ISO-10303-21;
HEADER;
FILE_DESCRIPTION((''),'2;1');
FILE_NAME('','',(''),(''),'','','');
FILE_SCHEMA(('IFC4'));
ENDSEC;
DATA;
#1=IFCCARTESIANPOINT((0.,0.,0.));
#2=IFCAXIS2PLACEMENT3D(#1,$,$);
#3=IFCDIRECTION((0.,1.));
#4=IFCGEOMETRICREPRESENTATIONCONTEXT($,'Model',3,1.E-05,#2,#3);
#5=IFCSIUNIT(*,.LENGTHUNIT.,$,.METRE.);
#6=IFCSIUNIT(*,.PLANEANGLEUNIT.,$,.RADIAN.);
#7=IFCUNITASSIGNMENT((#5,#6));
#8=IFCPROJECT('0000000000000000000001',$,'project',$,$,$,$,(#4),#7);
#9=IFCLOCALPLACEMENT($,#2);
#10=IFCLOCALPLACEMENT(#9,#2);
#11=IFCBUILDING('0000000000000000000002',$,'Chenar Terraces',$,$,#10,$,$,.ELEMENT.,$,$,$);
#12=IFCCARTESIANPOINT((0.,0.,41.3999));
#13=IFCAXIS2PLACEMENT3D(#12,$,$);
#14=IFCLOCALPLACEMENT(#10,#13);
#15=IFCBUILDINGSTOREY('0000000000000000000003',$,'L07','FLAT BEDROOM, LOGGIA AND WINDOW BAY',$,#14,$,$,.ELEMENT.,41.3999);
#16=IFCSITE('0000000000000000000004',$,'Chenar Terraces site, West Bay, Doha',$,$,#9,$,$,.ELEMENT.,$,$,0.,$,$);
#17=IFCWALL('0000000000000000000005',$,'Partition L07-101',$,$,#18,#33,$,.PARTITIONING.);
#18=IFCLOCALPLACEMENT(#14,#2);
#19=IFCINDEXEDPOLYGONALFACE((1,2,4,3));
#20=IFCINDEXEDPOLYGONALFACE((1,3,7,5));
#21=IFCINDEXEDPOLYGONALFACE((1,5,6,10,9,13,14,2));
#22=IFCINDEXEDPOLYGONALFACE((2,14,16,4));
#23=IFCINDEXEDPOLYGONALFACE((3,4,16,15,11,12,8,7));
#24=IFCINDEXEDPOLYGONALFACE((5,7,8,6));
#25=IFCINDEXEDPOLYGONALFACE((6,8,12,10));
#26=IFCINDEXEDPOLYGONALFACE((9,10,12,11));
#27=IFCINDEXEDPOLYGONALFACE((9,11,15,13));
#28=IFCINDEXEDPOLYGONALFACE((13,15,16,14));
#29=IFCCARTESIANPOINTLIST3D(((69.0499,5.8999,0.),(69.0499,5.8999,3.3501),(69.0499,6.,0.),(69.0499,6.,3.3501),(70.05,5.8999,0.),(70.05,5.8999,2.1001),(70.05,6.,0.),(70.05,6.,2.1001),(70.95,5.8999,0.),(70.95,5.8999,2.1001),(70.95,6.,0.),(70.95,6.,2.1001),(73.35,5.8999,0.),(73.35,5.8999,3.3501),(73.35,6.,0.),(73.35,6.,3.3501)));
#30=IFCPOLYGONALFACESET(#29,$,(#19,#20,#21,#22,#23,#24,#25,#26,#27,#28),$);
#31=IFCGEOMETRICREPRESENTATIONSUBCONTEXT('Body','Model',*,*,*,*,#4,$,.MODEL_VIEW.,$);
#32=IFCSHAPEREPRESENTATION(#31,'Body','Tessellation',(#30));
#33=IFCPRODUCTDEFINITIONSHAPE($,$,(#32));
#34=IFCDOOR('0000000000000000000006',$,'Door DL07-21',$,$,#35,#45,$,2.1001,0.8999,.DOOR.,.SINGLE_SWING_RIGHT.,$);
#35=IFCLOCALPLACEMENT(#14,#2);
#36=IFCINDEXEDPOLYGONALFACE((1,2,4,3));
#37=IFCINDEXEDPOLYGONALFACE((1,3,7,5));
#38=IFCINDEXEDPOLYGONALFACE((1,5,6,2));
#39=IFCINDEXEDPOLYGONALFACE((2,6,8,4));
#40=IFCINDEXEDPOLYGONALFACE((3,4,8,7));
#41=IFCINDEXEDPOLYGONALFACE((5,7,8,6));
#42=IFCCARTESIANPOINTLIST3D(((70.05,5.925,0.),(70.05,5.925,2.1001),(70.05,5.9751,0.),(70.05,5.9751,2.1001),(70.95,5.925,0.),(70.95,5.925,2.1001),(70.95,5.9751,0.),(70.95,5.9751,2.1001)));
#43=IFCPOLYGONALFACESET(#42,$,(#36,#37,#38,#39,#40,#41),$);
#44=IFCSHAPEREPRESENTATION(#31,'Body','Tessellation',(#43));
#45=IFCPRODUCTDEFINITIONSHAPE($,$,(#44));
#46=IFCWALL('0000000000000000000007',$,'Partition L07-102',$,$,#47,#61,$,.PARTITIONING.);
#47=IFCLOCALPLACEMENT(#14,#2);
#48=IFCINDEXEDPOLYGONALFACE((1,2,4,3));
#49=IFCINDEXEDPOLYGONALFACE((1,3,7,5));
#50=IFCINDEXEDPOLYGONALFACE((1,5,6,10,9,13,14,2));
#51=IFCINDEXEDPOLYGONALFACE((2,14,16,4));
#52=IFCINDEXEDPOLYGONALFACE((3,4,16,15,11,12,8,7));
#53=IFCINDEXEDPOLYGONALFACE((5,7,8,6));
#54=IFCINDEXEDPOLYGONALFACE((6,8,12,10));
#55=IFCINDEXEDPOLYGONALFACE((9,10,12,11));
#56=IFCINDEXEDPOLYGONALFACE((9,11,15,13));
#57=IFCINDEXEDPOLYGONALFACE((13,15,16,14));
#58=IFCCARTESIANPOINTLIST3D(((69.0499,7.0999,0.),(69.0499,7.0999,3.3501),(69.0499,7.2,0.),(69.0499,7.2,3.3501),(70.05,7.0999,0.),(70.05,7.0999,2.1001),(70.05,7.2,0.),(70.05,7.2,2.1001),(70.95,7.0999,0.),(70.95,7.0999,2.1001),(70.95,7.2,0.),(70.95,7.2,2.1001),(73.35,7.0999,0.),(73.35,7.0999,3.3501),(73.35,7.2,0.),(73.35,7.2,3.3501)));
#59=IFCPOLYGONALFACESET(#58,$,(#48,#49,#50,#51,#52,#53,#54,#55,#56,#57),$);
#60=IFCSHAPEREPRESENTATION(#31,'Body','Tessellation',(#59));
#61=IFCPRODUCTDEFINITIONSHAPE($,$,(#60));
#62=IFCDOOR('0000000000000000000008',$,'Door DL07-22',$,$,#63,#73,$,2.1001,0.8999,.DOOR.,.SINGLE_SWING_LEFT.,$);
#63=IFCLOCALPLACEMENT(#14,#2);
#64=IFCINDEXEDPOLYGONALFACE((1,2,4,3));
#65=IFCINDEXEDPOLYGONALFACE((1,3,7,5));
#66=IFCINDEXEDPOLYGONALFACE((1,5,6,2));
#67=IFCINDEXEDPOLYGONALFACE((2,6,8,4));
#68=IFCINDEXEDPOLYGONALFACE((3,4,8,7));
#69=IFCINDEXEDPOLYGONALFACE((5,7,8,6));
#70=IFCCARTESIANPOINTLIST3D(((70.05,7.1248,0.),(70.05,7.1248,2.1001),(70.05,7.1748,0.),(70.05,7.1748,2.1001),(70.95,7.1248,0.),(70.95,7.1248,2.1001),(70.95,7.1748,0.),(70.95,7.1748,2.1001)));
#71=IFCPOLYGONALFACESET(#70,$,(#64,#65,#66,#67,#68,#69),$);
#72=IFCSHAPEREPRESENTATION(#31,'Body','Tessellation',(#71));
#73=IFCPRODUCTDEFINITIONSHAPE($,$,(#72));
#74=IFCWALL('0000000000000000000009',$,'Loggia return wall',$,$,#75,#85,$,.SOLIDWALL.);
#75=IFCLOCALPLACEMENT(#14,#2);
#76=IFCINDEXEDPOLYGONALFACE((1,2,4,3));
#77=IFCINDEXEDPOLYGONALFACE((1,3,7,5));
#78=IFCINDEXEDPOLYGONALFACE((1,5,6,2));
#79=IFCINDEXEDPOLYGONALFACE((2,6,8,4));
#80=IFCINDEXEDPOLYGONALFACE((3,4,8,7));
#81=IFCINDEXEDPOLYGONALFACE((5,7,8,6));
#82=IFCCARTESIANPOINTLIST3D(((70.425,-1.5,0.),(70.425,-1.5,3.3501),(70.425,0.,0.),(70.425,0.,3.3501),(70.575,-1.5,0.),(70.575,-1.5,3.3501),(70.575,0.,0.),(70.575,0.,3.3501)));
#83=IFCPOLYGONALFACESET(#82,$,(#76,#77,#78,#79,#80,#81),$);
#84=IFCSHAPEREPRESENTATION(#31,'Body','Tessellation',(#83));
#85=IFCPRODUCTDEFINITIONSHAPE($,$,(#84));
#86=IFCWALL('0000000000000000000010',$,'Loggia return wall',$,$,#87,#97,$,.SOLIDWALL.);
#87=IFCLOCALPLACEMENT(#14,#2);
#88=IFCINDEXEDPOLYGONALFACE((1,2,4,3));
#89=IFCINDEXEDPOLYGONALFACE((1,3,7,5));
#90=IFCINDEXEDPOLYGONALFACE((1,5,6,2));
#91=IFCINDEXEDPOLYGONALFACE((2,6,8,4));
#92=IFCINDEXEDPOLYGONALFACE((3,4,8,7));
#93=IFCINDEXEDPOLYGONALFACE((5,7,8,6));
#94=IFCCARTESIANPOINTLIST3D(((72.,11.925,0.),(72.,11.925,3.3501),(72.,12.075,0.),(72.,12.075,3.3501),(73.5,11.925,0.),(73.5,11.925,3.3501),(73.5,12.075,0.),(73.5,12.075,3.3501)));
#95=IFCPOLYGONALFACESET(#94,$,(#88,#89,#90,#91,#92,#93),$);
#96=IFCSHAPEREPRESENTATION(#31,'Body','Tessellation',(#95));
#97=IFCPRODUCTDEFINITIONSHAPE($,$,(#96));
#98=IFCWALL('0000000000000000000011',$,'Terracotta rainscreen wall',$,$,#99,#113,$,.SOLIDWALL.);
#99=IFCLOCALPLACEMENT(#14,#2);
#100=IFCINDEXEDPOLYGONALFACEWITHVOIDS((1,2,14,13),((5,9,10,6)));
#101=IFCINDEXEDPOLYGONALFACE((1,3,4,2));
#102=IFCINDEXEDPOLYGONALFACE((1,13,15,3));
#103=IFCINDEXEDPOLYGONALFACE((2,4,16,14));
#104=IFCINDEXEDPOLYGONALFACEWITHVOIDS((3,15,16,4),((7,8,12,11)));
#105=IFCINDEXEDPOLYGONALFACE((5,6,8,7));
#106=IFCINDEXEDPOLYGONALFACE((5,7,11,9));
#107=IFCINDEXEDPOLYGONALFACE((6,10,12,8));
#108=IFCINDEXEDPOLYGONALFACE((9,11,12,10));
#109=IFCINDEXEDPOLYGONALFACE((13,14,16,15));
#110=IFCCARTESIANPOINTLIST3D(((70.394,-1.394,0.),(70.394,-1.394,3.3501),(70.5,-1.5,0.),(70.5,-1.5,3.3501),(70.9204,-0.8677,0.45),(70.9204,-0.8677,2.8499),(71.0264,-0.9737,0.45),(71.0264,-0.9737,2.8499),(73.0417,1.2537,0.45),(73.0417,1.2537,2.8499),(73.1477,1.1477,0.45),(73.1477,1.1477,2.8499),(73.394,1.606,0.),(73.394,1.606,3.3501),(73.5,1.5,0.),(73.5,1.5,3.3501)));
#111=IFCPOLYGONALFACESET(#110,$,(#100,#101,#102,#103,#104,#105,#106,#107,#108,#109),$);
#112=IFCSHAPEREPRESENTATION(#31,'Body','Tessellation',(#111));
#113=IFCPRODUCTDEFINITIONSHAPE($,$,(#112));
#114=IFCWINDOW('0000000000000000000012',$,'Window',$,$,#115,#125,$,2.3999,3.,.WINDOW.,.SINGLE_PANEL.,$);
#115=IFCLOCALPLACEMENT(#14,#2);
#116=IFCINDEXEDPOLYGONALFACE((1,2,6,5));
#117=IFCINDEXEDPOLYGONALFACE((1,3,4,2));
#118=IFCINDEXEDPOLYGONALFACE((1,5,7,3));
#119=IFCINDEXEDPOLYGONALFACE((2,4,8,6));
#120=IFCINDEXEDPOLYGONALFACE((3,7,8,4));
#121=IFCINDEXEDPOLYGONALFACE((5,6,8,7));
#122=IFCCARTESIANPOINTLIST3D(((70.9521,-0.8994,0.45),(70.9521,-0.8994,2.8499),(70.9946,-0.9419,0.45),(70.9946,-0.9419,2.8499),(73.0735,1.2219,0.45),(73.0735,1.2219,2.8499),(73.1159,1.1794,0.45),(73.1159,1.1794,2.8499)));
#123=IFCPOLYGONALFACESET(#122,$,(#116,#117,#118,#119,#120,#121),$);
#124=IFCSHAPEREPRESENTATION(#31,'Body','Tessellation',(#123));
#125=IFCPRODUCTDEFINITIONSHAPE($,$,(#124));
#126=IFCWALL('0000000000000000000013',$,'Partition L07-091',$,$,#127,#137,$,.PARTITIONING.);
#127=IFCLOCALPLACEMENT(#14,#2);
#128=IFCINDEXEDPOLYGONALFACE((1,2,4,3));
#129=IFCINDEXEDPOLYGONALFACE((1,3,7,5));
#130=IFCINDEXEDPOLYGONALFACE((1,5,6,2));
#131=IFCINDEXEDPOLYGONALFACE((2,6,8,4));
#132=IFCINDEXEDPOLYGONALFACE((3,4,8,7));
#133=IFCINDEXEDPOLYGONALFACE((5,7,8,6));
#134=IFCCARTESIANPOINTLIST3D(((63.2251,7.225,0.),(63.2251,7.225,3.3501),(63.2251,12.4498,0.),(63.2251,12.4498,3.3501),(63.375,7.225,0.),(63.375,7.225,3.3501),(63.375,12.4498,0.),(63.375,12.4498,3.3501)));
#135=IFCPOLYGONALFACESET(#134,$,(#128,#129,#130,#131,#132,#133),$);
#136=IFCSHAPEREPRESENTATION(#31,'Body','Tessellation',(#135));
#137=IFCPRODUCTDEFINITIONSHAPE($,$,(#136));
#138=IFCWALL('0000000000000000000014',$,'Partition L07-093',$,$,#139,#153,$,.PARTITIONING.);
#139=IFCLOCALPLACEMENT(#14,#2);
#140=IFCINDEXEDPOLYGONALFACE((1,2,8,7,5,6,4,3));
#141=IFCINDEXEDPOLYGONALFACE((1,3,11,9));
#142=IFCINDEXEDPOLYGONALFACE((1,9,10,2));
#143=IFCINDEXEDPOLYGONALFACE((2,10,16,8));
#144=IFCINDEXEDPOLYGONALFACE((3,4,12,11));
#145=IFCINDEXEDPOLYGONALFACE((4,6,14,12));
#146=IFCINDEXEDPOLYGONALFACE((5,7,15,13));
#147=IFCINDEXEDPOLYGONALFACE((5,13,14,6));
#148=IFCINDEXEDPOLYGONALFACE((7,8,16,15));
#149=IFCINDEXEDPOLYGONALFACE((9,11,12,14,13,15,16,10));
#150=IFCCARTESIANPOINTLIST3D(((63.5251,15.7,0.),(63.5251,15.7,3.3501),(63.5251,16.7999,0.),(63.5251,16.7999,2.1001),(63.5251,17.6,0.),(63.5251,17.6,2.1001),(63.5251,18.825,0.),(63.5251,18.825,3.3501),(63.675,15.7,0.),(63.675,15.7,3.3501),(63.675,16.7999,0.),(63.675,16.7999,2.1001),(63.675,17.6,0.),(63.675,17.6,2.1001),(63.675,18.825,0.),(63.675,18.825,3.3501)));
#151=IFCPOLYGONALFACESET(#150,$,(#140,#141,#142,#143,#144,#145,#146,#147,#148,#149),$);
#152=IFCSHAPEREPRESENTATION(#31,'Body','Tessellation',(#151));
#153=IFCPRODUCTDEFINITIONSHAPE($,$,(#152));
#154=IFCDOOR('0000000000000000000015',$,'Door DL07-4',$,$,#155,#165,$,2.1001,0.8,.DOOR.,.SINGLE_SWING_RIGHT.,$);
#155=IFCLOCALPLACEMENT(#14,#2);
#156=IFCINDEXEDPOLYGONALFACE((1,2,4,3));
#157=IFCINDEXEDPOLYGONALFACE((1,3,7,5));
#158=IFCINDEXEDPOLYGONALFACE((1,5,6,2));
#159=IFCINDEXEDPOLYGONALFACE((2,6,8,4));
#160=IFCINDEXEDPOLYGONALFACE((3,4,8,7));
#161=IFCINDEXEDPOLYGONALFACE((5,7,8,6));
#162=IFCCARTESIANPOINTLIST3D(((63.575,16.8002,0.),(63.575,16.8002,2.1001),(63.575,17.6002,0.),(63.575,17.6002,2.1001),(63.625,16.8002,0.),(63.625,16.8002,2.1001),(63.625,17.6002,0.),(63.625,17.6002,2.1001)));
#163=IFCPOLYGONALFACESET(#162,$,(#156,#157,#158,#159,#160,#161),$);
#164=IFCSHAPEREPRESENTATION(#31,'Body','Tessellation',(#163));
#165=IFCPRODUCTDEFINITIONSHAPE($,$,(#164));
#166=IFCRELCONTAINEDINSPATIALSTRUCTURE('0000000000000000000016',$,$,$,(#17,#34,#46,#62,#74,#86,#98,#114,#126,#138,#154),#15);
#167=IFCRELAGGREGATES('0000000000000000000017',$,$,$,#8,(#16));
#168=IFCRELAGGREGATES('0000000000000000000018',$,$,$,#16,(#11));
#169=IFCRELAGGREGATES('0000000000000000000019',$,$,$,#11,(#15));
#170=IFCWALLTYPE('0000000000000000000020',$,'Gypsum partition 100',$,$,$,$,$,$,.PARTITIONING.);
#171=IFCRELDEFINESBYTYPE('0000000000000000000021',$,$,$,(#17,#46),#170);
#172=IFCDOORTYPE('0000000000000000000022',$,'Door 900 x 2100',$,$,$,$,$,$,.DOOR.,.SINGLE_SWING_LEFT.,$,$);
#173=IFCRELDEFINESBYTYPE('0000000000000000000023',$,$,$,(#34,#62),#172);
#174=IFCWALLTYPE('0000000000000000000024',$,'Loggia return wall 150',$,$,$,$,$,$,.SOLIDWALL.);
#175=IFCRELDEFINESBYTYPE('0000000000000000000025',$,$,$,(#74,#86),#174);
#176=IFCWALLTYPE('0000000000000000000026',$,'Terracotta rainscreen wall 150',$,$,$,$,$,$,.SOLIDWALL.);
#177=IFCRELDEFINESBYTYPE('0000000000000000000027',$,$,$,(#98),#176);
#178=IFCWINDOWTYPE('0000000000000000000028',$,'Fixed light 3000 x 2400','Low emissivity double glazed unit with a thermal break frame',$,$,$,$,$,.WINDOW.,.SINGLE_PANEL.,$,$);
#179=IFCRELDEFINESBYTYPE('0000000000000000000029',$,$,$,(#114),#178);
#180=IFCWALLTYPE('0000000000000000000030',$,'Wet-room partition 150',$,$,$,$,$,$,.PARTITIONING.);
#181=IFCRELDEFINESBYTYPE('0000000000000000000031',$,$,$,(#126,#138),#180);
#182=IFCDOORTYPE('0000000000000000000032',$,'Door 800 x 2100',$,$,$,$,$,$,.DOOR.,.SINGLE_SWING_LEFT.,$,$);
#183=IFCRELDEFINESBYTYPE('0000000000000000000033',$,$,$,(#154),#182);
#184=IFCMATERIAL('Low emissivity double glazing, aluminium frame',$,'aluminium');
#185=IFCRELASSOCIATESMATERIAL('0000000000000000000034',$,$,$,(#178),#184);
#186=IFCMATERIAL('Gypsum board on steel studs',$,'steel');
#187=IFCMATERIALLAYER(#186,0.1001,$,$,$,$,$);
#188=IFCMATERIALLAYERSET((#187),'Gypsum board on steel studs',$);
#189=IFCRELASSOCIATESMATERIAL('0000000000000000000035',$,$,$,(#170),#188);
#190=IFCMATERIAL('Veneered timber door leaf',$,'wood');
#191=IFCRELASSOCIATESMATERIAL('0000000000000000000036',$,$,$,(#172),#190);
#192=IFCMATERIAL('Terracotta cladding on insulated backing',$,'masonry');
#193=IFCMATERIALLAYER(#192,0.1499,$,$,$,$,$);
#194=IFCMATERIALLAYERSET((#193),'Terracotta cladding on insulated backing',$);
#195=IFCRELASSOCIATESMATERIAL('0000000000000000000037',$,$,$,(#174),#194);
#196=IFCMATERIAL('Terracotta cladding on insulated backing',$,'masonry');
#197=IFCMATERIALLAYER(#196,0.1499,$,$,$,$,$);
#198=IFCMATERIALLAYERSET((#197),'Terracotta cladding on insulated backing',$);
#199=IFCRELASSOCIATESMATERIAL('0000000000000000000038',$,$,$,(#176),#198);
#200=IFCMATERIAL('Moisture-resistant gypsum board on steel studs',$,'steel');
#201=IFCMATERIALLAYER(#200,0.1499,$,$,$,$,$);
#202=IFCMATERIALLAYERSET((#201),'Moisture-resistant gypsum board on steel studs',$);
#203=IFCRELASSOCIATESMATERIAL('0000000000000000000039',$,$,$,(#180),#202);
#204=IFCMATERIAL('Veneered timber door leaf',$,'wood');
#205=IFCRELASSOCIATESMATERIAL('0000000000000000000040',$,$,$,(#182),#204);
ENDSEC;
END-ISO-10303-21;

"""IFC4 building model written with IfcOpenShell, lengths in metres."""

from ifc_helpers import new_model, si_unit, direction, frame, frame_2d, origin, place, context, subcontext, project, spatial, rectangle, extrude, material, layer, layer_set, type_object, element, fill, save


model = new_model("IFC4")

# Units and contexts
model_context = context("Model", 3, precision=1e-05, world=origin(), true_north=direction((0.0, 1.0)))
body_context = subcontext(model_context, "Body", "Model", "MODEL_VIEW")
ifc_project = project(units=[si_unit("LENGTHUNIT", "METRE"), si_unit("PLANEANGLEUNIT", "RADIAN")], contexts=[model_context])

# Site, building, storey
site_placement = place(None, origin())
site = spatial("IfcSite", under=ifc_project, at=site_placement, Name="Chenar Terraces site, West Bay, Doha", CompositionType="ELEMENT", RefElevation=0.0)
building_placement = place(site_placement, origin())
building = spatial("IfcBuilding", under=site, at=building_placement, Name="Chenar Terraces", CompositionType="ELEMENT")
storey_placement = place(building_placement, frame((0.0, 0.0, 41.3999)))
storey = spatial("IfcBuildingStorey", under=building, at=storey_placement, Name="L07", Description="FLAT BEDROOM, LOGGIA AND WINDOW BAY", CompositionType="ELEMENT", Elevation=41.3999)

# Shared definitions
ifc_material_1 = material(Name="Low emissivity double glazing, aluminium frame", Category="aluminium")
window_type_1 = type_object("IfcWindowType", Name="Fixed light 3000 x 2400", Description="Low emissivity double glazed unit with a thermal break frame", PartitioningType="SINGLE_PANEL", PredefinedType="WINDOW", material=ifc_material_1)

# Shared definitions
ifc_material_2 = material(Name="Gypsum board on steel studs", Category="steel")
ifc_layer_1 = layer(ifc_material_2, 0.1001)
ifc_layer_set_1 = layer_set([ifc_layer_1], Name="Gypsum board on steel studs")
wall_type_1 = type_object("IfcWallType", Name="Gypsum partition 100", PredefinedType="PARTITIONING", material=ifc_layer_set_1)

# Walls, openings, doors
wall_1_placement = place(storey_placement, frame((69.05, 5.95, 0.0), z_axis=(0.0, 0.0, 1.0), x_axis=(1.0, 0.0, 0.0)))
wall_1 = element("IfcWall", 1, at=wall_1_placement, inside=storey, type_object=wall_type_1, Name="Partition L07-101", PredefinedType="PARTITIONING", context=body_context, shape_type="SweptSolid", body=[
    extrude(rectangle(XDim=4.3, YDim=0.1001, at=frame_2d((2.1499, 0.0))), origin(), (0.0, 0.0, 1.0), 3.3501),
])
opening_1_placement = place(wall_1_placement, frame((1.0, 0.0, 0.0)))
opening_1 = element("IfcOpeningElement", 2, at=opening_1_placement, cuts=wall_1, PredefinedType="OPENING", context=body_context, shape_type="SweptSolid", body=[
    extrude(rectangle(XDim=0.8999, YDim=2.1001, at=frame_2d((0.45, 1.05))), frame((0.0, 0.0601, 0.0), z_axis=(0.0, -1.0, 0.0), x_axis=(1.0, 0.0, 0.0)), (0.0, 0.0, 1.0), 0.1201),
])
ifc_material_3 = material(Name="Veneered timber door leaf", Category="wood")
door_type_1 = type_object("IfcDoorType", Name="Door 900 x 2100", OperationType="SINGLE_SWING_LEFT", PredefinedType="DOOR", material=ifc_material_3)
door_1_placement = place(opening_1_placement, frame((0.8999, 0.0, 0.0), z_axis=(0.0, 0.0, 1.0), x_axis=(-1.0, 0.0, 0.0)))
door_1 = element("IfcDoor", 3, at=door_1_placement, inside=storey, type_object=door_type_1, Name="Door DL07-21", OperationType="SINGLE_SWING_RIGHT", OverallHeight=2.1001, OverallWidth=0.8999, PredefinedType="DOOR", context=body_context, shape_type="SweptSolid", body=[
    extrude(rectangle(XDim=0.8999, YDim=2.1001, at=frame_2d((0.45, 1.05))), frame((0.0, 0.0249, 0.0), z_axis=(0.0, -1.0, 0.0), x_axis=(1.0, 0.0, 0.0)), (0.0, 0.0, 1.0), 0.05),
])
fill(opening_1, door_1)
wall_2_placement = place(storey_placement, frame((69.05, 7.1499, 0.0), z_axis=(0.0, 0.0, 1.0), x_axis=(1.0, 0.0, 0.0)))
wall_2 = element("IfcWall", 4, at=wall_2_placement, inside=storey, type_object=wall_type_1, Name="Partition L07-102", PredefinedType="PARTITIONING", context=body_context, shape_type="SweptSolid", body=[
    extrude(rectangle(XDim=4.3, YDim=0.1001, at=frame_2d((2.1499, 0.0))), origin(), (0.0, 0.0, 1.0), 3.3501),
])
opening_2_placement = place(wall_2_placement, frame((1.0, 0.0, 0.0)))
opening_2 = element("IfcOpeningElement", 5, at=opening_2_placement, cuts=wall_2, PredefinedType="OPENING", context=body_context, shape_type="SweptSolid", body=[
    extrude(rectangle(XDim=0.8999, YDim=2.1001, at=frame_2d((0.45, 1.05))), frame((0.0, 0.0601, 0.0), z_axis=(0.0, -1.0, 0.0), x_axis=(1.0, 0.0, 0.0)), (0.0, 0.0, 1.0), 0.1201),
])
door_2_placement = place(opening_2_placement, origin())
door_2 = element("IfcDoor", 6, at=door_2_placement, inside=storey, type_object=door_type_1, Name="Door DL07-22", OperationType="SINGLE_SWING_LEFT", OverallHeight=2.1001, OverallWidth=0.8999, PredefinedType="DOOR", context=body_context, shape_type="SweptSolid", body=[
    extrude(rectangle(XDim=0.8999, YDim=2.1001, at=frame_2d((0.45, 1.05))), frame((0.0, 0.0249, 0.0), z_axis=(0.0, -1.0, 0.0), x_axis=(1.0, 0.0, 0.0)), (0.0, 0.0, 1.0), 0.05),
])
fill(opening_2, door_2)

# Walls
ifc_material_4 = material(Name="Terracotta cladding on insulated backing", Category="masonry")
ifc_layer_2 = layer(ifc_material_4, 0.1499)
ifc_layer_set_2 = layer_set([ifc_layer_2], Name="Terracotta cladding on insulated backing")
wall_type_2 = type_object("IfcWallType", Name="Loggia return wall 150", PredefinedType="SOLIDWALL", material=ifc_layer_set_2)
for number, where, z_axis, x_axis, name in (
    (7, (70.5, -1.5, 0.0), (0.0, 0.0, 1.0), (0.0, 1.0, 0.0), "Loggia return wall"),
    (8, (73.5, 12.0, 0.0), (0.0, 0.0, 1.0), (-1.0, 0.0, 0.0), "Loggia return wall"),
):
    element("IfcWall", number, at=place(storey_placement, frame(where, z_axis=z_axis, x_axis=x_axis)), inside=storey, type_object=wall_type_2, Name=name, PredefinedType="SOLIDWALL", context=body_context, shape_type="SweptSolid", body=[
        extrude(rectangle(XDim=1.5, YDim=0.1499, at=frame_2d((0.75, 0.0))), origin(), (0.0, 0.0, 1.0), 3.3501),
    ])

# Wall, opening, window
ifc_material_5 = material(Name="Terracotta cladding on insulated backing", Category="masonry")
ifc_layer_3 = layer(ifc_material_5, 0.1499)
ifc_layer_set_3 = layer_set([ifc_layer_3], Name="Terracotta cladding on insulated backing")
wall_type_3 = type_object("IfcWallType", Name="Terracotta rainscreen wall 150", PredefinedType="SOLIDWALL", material=ifc_layer_set_3)
wall_3_placement = place(storey_placement, frame((70.447, -1.447, 0.0), z_axis=(0.0, 0.0, 1.0), x_axis=(0.707107, 0.707107, 0.0)))
wall_3 = element("IfcWall", 9, at=wall_3_placement, inside=storey, type_object=wall_type_3, Name="Terracotta rainscreen wall", PredefinedType="SOLIDWALL", context=body_context, shape_type="SweptSolid", body=[
    extrude(rectangle(XDim=4.2427, YDim=0.1499, at=frame_2d((2.1213, 0.0))), origin(), (0.0, 0.0, 1.0), 3.3501),
])
opening_3_placement = place(wall_3_placement, frame((0.7444, 0.0, 0.45)))
opening_3 = element("IfcOpeningElement", 10, at=opening_3_placement, cuts=wall_3, PredefinedType="OPENING", context=body_context, shape_type="SweptSolid", body=[
    extrude(rectangle(XDim=3.0, YDim=2.3999, at=frame_2d((1.5, 1.2))), frame((0.0, 0.085, 0.0), z_axis=(0.0, -1.0, 0.0), x_axis=(1.0, 0.0, 0.0)), (0.0, 0.0, 1.0), 0.1699),
])
window_1_placement = place(opening_3_placement, origin())
window_1 = element("IfcWindow", 11, at=window_1_placement, inside=storey, type_object=window_type_1, Name="Window", OverallHeight=2.3999, OverallWidth=3.0, PartitioningType="SINGLE_PANEL", PredefinedType="WINDOW", context=body_context, shape_type="SweptSolid", body=[
    extrude(rectangle(XDim=3.0, YDim=2.3999, at=frame_2d((1.5, 1.2))), frame((0.0, 0.03, 0.0), z_axis=(0.0, -1.0, 0.0), x_axis=(1.0, 0.0, 0.0)), (0.0, 0.0, 1.0), 0.0601),
])
fill(opening_3, window_1)

# Wall
ifc_material_6 = material(Name="Moisture-resistant gypsum board on steel studs", Category="steel")
ifc_layer_4 = layer(ifc_material_6, 0.1499)
ifc_layer_set_4 = layer_set([ifc_layer_4], Name="Moisture-resistant gypsum board on steel studs")
wall_type_4 = type_object("IfcWallType", Name="Wet-room partition 150", PredefinedType="PARTITIONING", material=ifc_layer_set_4)
wall_4_placement = place(storey_placement, frame((63.3, 7.2251, 0.0), z_axis=(0.0, 0.0, 1.0), x_axis=(0.0, 1.0, 0.0)))
element("IfcWall", 12, at=wall_4_placement, inside=storey, type_object=wall_type_4, Name="Partition L07-091", PredefinedType="PARTITIONING", context=body_context, shape_type="SweptSolid", body=[
    extrude(rectangle(XDim=5.2249, YDim=0.1499, at=frame_2d((2.6123, 0.0))), origin(), (0.0, 0.0, 1.0), 3.3501),
])

# Wall, opening, door
wall_5_placement = place(storey_placement, frame((63.6001, 15.7, 0.0), z_axis=(0.0, 0.0, 1.0), x_axis=(0.0, 1.0, 0.0)))
wall_5 = element("IfcWall", 13, at=wall_5_placement, inside=storey, type_object=wall_type_4, Name="Partition L07-093", PredefinedType="PARTITIONING", context=body_context, shape_type="SweptSolid", body=[
    extrude(rectangle(XDim=3.125, YDim=0.1499, at=frame_2d((1.5625, 0.0))), origin(), (0.0, 0.0, 1.0), 3.3501),
])
opening_4_placement = place(wall_5_placement, frame((1.1001, 0.0, 0.0)))
opening_4 = element("IfcOpeningElement", 14, at=opening_4_placement, cuts=wall_5, PredefinedType="OPENING", context=body_context, shape_type="SweptSolid", body=[
    extrude(rectangle(XDim=0.8, YDim=2.1001, at=frame_2d((0.3999, 1.05))), frame((0.0, 0.085, 0.0), z_axis=(0.0, -1.0, 0.0), x_axis=(1.0, 0.0, 0.0)), (0.0, 0.0, 1.0), 0.1699),
])
ifc_material_7 = material(Name="Veneered timber door leaf", Category="wood")
door_type_2 = type_object("IfcDoorType", Name="Door 800 x 2100", OperationType="SINGLE_SWING_LEFT", PredefinedType="DOOR", material=ifc_material_7)
door_3_placement = place(opening_4_placement, frame((0.8, 0.0, 0.0), z_axis=(0.0, 0.0, 1.0), x_axis=(-1.0, 0.0, 0.0)))
door_3 = element("IfcDoor", 15, at=door_3_placement, inside=storey, type_object=door_type_2, Name="Door DL07-4", OperationType="SINGLE_SWING_RIGHT", OverallHeight=2.1001, OverallWidth=0.8, PredefinedType="DOOR", context=body_context, shape_type="SweptSolid", body=[
    extrude(rectangle(XDim=0.8, YDim=2.1001, at=frame_2d((0.3999, 1.05))), frame((0.0, 0.0249, 0.0), z_axis=(0.0, -1.0, 0.0), x_axis=(1.0, 0.0, 0.0)), (0.0, 0.0, 1.0), 0.05),
])
fill(opening_4, door_3)

save(model, "model.ifc")
